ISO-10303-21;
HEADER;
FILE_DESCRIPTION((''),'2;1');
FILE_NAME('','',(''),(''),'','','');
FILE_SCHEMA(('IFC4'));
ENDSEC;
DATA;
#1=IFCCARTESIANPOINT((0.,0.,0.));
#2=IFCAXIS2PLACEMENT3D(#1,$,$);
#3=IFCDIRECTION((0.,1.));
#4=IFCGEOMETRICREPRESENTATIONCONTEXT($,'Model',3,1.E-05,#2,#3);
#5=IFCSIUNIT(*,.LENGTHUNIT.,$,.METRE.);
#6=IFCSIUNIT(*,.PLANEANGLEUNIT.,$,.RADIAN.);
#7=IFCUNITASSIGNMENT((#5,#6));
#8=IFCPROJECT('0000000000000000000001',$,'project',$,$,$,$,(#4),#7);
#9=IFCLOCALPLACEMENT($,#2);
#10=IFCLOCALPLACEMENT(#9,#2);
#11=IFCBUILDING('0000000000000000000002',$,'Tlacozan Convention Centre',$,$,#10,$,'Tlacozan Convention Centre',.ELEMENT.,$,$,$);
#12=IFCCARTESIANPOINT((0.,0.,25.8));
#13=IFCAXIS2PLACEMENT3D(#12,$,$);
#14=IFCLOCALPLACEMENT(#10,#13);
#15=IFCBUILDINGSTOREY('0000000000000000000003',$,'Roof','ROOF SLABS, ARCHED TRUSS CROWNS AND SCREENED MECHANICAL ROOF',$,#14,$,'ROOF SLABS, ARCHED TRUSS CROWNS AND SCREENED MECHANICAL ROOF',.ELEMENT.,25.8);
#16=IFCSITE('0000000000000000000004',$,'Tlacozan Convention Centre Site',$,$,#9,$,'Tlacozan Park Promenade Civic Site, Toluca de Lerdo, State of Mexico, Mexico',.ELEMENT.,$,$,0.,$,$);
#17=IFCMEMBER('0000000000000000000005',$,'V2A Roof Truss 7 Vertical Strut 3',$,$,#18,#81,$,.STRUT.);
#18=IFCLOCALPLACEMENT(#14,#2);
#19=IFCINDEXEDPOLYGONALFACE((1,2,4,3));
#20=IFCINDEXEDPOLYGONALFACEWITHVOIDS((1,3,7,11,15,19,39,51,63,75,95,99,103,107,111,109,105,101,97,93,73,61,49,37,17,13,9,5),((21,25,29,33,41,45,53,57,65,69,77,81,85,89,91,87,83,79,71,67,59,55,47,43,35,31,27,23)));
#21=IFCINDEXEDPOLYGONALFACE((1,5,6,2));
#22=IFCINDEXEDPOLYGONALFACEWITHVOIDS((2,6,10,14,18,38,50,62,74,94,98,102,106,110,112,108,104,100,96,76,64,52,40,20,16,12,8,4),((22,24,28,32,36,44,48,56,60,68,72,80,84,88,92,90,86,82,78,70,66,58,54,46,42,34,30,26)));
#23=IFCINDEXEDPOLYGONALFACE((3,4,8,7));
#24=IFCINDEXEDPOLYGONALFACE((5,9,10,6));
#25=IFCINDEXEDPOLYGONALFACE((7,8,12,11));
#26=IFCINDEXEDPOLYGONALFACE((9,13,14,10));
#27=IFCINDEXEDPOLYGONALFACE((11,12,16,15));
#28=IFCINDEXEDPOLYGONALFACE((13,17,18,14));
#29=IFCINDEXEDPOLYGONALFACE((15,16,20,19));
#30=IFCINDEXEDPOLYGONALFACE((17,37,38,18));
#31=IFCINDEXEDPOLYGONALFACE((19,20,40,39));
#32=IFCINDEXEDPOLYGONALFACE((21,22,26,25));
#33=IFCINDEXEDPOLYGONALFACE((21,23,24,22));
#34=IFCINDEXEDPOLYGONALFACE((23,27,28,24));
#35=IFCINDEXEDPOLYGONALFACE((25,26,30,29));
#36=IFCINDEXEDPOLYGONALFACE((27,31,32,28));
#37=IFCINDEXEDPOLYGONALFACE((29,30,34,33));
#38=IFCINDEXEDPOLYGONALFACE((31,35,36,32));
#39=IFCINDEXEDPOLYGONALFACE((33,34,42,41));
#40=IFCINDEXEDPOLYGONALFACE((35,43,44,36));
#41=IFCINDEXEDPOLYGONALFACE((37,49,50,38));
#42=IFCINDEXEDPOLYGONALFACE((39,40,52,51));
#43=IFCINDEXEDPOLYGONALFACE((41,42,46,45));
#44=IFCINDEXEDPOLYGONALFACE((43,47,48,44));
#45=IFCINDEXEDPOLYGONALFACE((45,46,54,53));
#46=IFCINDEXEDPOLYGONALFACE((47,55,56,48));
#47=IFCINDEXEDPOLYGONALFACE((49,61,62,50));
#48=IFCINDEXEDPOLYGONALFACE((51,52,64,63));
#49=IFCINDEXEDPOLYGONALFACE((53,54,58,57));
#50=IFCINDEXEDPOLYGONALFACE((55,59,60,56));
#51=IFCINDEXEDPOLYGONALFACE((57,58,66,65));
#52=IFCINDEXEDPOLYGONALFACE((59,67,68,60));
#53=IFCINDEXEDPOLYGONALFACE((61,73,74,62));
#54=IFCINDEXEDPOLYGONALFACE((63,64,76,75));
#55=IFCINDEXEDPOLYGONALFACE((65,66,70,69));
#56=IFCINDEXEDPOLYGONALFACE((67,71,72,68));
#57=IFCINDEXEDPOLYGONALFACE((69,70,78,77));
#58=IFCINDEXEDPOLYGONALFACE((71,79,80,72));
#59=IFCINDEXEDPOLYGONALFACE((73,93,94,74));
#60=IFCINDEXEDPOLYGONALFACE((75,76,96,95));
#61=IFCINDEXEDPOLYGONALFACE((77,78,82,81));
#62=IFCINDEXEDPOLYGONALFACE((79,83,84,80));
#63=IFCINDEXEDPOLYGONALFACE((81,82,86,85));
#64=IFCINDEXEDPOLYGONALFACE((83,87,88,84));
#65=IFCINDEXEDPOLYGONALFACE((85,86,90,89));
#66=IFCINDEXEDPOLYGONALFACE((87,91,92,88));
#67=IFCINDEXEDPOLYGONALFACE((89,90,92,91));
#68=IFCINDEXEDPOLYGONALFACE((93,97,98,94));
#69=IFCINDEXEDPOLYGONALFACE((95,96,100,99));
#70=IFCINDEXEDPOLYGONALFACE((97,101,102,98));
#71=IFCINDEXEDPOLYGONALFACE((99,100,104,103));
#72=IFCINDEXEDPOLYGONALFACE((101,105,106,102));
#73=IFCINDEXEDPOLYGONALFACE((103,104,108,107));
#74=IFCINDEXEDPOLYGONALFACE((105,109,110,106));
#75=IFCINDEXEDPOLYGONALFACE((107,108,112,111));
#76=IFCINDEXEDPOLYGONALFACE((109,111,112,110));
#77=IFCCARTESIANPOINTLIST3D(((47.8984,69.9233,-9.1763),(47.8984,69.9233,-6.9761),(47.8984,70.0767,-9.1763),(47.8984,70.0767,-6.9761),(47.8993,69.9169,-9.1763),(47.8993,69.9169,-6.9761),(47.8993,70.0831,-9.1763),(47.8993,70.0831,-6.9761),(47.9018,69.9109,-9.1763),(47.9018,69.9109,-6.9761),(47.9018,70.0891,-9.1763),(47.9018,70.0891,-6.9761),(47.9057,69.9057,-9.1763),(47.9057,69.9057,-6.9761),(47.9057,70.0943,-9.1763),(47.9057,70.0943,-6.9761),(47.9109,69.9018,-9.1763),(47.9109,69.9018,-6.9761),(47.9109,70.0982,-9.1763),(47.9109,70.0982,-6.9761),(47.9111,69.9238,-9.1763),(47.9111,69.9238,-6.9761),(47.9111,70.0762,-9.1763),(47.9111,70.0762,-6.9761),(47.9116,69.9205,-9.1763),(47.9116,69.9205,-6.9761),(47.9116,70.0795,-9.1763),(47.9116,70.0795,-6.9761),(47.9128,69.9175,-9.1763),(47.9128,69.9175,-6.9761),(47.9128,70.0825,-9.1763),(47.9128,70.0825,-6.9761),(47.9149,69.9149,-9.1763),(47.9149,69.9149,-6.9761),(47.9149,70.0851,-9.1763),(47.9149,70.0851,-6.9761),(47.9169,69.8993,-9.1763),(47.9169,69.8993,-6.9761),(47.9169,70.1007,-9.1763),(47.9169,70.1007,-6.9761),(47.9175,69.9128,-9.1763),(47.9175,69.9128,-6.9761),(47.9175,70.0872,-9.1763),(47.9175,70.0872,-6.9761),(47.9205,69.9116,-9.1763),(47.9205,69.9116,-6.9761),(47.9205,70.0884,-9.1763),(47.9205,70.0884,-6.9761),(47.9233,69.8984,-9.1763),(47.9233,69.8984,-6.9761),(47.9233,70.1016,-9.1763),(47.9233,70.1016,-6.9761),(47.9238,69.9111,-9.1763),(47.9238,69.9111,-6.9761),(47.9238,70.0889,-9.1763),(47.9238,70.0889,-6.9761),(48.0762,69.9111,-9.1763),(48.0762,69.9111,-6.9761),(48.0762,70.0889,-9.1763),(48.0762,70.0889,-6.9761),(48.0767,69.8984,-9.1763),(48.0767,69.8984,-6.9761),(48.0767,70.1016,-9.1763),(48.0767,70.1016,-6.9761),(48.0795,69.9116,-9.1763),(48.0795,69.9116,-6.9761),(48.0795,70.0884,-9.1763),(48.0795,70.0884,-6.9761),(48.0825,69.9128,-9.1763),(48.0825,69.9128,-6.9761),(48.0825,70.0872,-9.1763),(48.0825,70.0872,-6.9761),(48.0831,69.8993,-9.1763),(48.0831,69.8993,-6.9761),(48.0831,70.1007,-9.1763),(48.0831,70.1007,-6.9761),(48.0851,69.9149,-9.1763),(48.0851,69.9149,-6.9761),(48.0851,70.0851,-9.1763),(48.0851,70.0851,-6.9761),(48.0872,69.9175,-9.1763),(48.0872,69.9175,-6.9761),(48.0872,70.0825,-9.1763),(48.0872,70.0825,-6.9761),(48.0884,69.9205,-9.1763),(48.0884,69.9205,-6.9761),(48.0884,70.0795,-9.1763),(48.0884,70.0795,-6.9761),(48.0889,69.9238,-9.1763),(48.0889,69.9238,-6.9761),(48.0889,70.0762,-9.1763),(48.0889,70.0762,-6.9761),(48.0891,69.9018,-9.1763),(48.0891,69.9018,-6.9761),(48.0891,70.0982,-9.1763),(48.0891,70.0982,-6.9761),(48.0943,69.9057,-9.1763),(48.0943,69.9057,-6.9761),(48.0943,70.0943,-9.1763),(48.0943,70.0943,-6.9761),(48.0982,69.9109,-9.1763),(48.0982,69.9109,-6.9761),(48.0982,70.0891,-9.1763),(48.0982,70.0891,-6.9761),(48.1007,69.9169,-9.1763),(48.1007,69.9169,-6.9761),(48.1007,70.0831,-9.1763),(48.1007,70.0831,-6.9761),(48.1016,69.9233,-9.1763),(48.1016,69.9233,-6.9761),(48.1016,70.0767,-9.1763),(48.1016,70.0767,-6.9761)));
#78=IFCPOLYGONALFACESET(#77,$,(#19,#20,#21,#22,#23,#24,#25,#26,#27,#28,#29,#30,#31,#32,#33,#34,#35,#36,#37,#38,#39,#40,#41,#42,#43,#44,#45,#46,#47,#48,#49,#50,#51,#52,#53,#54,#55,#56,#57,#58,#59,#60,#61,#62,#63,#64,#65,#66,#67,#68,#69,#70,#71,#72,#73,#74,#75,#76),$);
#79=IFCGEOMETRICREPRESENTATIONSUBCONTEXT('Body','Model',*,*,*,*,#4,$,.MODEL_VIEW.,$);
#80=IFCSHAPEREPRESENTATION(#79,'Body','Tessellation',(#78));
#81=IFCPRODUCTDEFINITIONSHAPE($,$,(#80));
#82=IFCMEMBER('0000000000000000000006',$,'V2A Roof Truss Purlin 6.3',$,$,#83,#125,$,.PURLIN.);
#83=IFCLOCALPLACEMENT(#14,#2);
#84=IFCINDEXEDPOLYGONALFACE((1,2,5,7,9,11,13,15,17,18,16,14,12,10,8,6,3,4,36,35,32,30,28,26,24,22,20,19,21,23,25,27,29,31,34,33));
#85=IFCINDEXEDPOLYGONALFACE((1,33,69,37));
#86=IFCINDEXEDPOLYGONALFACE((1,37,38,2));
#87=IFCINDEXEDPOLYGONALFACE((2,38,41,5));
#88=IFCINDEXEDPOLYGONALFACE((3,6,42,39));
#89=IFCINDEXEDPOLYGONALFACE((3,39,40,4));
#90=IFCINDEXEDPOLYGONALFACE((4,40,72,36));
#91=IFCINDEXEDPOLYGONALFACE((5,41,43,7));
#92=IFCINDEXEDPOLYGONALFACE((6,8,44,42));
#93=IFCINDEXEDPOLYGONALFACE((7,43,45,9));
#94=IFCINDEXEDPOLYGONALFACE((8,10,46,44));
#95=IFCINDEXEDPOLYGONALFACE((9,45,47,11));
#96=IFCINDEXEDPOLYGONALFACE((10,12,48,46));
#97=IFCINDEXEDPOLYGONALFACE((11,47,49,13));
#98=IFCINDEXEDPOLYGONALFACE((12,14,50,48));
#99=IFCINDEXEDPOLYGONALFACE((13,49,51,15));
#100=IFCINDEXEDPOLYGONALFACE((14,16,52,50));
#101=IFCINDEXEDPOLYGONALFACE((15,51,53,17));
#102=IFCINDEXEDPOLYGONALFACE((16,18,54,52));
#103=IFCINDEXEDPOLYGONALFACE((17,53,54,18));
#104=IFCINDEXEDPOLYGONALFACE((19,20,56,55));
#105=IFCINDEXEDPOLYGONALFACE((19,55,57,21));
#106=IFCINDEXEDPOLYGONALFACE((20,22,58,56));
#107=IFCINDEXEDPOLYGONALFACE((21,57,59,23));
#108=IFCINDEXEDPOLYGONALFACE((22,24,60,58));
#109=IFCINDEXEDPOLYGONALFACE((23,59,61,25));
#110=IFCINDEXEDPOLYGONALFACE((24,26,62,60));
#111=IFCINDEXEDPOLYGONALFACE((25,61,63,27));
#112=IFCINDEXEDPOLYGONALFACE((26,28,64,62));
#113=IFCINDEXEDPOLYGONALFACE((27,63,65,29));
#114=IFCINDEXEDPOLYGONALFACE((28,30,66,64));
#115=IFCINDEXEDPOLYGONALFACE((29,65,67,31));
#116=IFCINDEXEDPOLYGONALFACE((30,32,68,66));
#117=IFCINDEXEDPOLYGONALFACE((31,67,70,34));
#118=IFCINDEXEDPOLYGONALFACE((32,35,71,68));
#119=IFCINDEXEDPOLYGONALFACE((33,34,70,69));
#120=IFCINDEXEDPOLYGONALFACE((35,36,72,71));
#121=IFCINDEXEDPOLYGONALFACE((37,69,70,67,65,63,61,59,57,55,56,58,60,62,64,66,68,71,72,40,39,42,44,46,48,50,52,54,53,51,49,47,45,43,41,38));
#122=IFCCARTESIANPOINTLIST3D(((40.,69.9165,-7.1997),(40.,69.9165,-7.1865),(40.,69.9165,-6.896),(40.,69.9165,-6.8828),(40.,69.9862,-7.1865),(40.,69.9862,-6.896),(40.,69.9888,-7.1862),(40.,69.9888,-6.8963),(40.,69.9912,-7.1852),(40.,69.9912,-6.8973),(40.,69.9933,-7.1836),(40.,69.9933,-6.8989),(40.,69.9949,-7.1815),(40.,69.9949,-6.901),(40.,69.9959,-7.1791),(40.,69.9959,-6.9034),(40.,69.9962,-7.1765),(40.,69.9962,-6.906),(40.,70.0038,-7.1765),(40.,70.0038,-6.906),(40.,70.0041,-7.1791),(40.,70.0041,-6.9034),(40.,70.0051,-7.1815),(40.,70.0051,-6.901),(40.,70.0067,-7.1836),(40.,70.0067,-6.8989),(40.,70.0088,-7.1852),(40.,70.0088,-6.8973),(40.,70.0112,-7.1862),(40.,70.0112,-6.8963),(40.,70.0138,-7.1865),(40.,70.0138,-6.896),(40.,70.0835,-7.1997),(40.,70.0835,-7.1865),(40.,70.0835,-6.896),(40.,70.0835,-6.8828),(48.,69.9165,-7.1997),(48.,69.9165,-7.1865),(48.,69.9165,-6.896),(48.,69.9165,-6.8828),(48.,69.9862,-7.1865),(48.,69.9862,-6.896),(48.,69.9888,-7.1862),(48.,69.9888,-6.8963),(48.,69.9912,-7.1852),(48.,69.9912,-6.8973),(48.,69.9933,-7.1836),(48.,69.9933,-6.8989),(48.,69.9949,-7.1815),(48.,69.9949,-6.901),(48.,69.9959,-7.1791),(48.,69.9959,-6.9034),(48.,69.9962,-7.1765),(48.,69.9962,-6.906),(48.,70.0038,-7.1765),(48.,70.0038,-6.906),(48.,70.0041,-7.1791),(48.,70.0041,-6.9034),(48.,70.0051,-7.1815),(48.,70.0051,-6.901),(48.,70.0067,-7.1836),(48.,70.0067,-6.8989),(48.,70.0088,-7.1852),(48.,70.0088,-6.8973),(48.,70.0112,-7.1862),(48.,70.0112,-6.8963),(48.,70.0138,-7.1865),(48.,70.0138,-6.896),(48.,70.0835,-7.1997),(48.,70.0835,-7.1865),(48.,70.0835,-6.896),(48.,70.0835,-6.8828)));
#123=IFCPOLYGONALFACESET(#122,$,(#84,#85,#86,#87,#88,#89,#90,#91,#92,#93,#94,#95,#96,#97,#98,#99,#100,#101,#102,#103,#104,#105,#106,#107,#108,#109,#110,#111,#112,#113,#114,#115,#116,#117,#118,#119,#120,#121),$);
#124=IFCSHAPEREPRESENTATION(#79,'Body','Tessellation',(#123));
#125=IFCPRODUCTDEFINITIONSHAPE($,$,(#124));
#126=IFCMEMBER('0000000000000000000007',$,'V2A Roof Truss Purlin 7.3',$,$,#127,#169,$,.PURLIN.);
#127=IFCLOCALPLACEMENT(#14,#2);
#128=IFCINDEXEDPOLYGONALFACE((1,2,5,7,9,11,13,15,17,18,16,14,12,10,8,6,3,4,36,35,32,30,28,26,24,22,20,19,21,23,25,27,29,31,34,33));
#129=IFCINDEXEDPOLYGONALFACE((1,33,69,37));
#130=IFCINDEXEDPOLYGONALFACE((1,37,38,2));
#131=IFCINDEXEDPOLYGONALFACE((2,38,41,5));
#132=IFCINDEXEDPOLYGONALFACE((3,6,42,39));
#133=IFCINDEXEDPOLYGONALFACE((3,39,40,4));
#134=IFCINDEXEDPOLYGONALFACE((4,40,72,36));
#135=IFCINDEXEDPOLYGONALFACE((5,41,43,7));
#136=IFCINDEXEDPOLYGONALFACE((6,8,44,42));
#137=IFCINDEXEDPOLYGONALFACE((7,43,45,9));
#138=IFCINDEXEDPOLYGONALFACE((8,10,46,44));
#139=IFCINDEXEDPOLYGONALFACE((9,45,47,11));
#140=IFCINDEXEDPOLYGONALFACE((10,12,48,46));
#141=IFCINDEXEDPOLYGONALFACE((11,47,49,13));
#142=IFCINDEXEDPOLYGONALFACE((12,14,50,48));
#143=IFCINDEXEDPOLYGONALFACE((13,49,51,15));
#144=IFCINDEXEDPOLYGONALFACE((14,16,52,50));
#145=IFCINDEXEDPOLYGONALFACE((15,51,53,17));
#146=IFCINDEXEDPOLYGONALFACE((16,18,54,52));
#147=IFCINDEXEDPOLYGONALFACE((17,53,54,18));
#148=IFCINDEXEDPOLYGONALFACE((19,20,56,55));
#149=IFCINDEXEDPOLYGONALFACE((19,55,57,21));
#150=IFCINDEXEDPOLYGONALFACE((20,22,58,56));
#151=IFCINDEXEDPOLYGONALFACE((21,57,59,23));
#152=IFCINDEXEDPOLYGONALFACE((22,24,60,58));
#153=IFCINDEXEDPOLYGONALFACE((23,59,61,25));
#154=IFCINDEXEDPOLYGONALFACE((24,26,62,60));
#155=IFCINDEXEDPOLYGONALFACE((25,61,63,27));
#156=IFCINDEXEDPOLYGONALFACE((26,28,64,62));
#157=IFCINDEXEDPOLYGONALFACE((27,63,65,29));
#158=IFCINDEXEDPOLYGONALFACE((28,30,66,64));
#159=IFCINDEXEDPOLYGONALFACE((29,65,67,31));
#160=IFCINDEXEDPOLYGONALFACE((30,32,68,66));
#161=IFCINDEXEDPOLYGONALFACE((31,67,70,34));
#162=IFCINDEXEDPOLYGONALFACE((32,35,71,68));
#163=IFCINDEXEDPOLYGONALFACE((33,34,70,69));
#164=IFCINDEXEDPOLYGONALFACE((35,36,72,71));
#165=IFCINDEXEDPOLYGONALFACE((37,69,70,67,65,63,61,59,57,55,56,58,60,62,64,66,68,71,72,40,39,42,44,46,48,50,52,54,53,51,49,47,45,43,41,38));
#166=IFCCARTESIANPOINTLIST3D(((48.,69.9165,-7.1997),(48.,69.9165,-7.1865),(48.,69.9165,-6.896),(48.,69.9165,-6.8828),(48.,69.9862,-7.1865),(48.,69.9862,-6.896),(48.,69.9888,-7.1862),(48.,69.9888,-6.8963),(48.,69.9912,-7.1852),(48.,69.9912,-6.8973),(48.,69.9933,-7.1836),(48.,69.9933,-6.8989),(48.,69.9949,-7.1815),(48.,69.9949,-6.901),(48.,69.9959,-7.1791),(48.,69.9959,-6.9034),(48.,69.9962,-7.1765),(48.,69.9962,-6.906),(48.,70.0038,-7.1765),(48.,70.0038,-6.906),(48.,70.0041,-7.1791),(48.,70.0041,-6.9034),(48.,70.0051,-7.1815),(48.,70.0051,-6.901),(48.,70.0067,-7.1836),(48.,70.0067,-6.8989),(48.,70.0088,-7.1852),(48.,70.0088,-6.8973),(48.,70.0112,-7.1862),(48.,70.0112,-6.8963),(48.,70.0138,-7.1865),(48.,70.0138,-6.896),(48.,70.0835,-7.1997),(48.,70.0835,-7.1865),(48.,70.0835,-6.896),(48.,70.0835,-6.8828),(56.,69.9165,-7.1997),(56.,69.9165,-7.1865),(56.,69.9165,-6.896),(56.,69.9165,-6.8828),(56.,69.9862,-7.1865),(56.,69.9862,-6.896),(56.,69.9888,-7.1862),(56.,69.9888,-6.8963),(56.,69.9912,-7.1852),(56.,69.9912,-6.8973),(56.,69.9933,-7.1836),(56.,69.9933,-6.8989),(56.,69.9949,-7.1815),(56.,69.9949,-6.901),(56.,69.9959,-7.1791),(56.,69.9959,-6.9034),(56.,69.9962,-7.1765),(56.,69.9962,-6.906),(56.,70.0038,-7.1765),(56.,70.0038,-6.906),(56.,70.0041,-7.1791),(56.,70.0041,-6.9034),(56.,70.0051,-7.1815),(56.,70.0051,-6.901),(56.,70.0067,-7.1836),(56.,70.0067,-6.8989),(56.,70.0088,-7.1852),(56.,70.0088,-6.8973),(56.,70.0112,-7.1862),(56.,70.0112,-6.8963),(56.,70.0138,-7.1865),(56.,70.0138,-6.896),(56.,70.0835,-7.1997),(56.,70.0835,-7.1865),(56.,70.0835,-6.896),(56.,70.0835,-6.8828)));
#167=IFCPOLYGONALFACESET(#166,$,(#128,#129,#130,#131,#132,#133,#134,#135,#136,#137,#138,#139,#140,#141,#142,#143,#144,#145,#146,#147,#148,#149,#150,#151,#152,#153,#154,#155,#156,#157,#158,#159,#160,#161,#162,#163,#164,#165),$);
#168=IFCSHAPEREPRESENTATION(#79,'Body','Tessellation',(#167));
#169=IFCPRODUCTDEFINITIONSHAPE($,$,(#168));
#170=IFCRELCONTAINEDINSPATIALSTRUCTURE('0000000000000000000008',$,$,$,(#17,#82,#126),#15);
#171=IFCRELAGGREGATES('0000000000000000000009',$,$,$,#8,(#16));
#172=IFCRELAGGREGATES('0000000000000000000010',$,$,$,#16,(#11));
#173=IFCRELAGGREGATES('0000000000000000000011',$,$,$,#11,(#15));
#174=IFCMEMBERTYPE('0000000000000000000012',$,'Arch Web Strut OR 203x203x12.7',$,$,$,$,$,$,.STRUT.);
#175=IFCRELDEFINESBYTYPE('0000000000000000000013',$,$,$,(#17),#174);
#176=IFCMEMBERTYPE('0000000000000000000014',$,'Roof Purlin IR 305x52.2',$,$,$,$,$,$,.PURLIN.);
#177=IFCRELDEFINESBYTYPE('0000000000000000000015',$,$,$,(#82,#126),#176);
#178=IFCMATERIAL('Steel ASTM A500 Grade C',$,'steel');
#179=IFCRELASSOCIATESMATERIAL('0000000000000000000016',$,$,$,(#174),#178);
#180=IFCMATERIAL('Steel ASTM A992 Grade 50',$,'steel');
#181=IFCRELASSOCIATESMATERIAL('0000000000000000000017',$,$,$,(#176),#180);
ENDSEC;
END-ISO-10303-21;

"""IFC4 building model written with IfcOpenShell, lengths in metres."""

from ifc_helpers import new_model, si_unit, direction, frame, origin, origin_2d, place, context, subcontext, project, spatial, hollow_rectangle, i_section, extrude, material, material_profile, profile_set, type_object, element, save


model = new_model("IFC4")

# Units and contexts
model_context = context("Model", 3, precision=1e-05, world=origin(), true_north=direction((0.0, 1.0)))
body_context = subcontext(model_context, "Body", "Model", "MODEL_VIEW")
ifc_project = project(units=[si_unit("LENGTHUNIT", "METRE"), si_unit("PLANEANGLEUNIT", "RADIAN")], contexts=[model_context])

# Site, building, storey
site_placement = place(None, origin())
site = spatial("IfcSite", under=ifc_project, at=site_placement, Name="Tlacozan Convention Centre Site", LongName="Tlacozan Park Promenade Civic Site, Toluca de Lerdo, State of Mexico, Mexico", CompositionType="ELEMENT", RefElevation=0.0)
building_placement = place(site_placement, origin())
building = spatial("IfcBuilding", under=site, at=building_placement, Name="Tlacozan Convention Centre", LongName="Tlacozan Convention Centre", CompositionType="ELEMENT")
storey_placement = place(building_placement, frame((0.0, 0.0, 25.8)))
storey = spatial("IfcBuildingStorey", under=building, at=storey_placement, Name="Roof", Description="ROOF SLABS, ARCHED TRUSS CROWNS AND SCREENED MECHANICAL ROOF", LongName="ROOF SLABS, ARCHED TRUSS CROWNS AND SCREENED MECHANICAL ROOF", CompositionType="ELEMENT", Elevation=25.8)

# Members
ifc_material_1 = material(Name="Steel ASTM A500 Grade C", Category="steel")
ifc_material_profile_1 = material_profile(ifc_material_1, hollow_rectangle(XDim=0.2031, YDim=0.2031, WallThickness=0.0127, InnerFilletRadius=0.0127, OuterFilletRadius=0.0249, at=origin_2d()), Name="OR 203x203x12.7")
ifc_profile_set_1 = profile_set([ifc_material_profile_1], Name="Steel ASTM A500 Grade C")
member_type_1 = type_object("IfcMemberType", Name="Arch Web Strut OR 203x203x12.7", PredefinedType="STRUT", material=ifc_profile_set_1)
for number, where, z_axis, x_axis, name in (
    (1, (48.0, 70.0, -9.1763), (0.0, 0.0, 1.0), (1.0, 0.0, 0.0), "V2A Roof Truss 7 Vertical Strut 3"),
):
    element("IfcMember", number, at=place(storey_placement, frame(where, z_axis=z_axis, x_axis=x_axis)), inside=storey, type_object=member_type_1, Name=name, PredefinedType="STRUT", context=body_context, shape_type="SweptSolid", body=[
        extrude(hollow_rectangle(XDim=0.2031, YDim=0.2031, WallThickness=0.0127, InnerFilletRadius=0.0127, OuterFilletRadius=0.0249, at=origin_2d()), origin(), (0.0, 0.0, 1.0), 2.2002),
    ])
ifc_material_2 = material(Name="Steel ASTM A992 Grade 50", Category="steel")
ifc_material_profile_2 = material_profile(ifc_material_2, i_section(OverallWidth=0.167, OverallDepth=0.3169, WebThickness=0.0076, FlangeThickness=0.0132, FilletRadius=0.01, at=origin_2d()), Name="IR 305x52.2")
ifc_profile_set_2 = profile_set([ifc_material_profile_2], Name="Steel ASTM A992 Grade 50")
member_type_2 = type_object("IfcMemberType", Name="Roof Purlin IR 305x52.2", PredefinedType="PURLIN", material=ifc_profile_set_2)
for number, where, z_axis, x_axis, name in (
    (2, (40.0, 70.0, -7.0413), (1.0, 0.0, 0.0), (0.0, 1.0, 0.0), "V2A Roof Truss Purlin 6.3"),
    (3, (48.0, 70.0, -7.0413), (1.0, 0.0, 0.0), (0.0, 1.0, 0.0), "V2A Roof Truss Purlin 7.3"),
):
    element("IfcMember", number, at=place(storey_placement, frame(where, z_axis=z_axis, x_axis=x_axis)), inside=storey, type_object=member_type_2, Name=name, PredefinedType="PURLIN", context=body_context, shape_type="SweptSolid", body=[
        extrude(i_section(OverallWidth=0.167, OverallDepth=0.3169, WebThickness=0.0076, FlangeThickness=0.0132, FilletRadius=0.01, at=origin_2d()), origin(), (0.0, 0.0, 1.0), 8.0),
    ])

save(model, "model.ifc")
